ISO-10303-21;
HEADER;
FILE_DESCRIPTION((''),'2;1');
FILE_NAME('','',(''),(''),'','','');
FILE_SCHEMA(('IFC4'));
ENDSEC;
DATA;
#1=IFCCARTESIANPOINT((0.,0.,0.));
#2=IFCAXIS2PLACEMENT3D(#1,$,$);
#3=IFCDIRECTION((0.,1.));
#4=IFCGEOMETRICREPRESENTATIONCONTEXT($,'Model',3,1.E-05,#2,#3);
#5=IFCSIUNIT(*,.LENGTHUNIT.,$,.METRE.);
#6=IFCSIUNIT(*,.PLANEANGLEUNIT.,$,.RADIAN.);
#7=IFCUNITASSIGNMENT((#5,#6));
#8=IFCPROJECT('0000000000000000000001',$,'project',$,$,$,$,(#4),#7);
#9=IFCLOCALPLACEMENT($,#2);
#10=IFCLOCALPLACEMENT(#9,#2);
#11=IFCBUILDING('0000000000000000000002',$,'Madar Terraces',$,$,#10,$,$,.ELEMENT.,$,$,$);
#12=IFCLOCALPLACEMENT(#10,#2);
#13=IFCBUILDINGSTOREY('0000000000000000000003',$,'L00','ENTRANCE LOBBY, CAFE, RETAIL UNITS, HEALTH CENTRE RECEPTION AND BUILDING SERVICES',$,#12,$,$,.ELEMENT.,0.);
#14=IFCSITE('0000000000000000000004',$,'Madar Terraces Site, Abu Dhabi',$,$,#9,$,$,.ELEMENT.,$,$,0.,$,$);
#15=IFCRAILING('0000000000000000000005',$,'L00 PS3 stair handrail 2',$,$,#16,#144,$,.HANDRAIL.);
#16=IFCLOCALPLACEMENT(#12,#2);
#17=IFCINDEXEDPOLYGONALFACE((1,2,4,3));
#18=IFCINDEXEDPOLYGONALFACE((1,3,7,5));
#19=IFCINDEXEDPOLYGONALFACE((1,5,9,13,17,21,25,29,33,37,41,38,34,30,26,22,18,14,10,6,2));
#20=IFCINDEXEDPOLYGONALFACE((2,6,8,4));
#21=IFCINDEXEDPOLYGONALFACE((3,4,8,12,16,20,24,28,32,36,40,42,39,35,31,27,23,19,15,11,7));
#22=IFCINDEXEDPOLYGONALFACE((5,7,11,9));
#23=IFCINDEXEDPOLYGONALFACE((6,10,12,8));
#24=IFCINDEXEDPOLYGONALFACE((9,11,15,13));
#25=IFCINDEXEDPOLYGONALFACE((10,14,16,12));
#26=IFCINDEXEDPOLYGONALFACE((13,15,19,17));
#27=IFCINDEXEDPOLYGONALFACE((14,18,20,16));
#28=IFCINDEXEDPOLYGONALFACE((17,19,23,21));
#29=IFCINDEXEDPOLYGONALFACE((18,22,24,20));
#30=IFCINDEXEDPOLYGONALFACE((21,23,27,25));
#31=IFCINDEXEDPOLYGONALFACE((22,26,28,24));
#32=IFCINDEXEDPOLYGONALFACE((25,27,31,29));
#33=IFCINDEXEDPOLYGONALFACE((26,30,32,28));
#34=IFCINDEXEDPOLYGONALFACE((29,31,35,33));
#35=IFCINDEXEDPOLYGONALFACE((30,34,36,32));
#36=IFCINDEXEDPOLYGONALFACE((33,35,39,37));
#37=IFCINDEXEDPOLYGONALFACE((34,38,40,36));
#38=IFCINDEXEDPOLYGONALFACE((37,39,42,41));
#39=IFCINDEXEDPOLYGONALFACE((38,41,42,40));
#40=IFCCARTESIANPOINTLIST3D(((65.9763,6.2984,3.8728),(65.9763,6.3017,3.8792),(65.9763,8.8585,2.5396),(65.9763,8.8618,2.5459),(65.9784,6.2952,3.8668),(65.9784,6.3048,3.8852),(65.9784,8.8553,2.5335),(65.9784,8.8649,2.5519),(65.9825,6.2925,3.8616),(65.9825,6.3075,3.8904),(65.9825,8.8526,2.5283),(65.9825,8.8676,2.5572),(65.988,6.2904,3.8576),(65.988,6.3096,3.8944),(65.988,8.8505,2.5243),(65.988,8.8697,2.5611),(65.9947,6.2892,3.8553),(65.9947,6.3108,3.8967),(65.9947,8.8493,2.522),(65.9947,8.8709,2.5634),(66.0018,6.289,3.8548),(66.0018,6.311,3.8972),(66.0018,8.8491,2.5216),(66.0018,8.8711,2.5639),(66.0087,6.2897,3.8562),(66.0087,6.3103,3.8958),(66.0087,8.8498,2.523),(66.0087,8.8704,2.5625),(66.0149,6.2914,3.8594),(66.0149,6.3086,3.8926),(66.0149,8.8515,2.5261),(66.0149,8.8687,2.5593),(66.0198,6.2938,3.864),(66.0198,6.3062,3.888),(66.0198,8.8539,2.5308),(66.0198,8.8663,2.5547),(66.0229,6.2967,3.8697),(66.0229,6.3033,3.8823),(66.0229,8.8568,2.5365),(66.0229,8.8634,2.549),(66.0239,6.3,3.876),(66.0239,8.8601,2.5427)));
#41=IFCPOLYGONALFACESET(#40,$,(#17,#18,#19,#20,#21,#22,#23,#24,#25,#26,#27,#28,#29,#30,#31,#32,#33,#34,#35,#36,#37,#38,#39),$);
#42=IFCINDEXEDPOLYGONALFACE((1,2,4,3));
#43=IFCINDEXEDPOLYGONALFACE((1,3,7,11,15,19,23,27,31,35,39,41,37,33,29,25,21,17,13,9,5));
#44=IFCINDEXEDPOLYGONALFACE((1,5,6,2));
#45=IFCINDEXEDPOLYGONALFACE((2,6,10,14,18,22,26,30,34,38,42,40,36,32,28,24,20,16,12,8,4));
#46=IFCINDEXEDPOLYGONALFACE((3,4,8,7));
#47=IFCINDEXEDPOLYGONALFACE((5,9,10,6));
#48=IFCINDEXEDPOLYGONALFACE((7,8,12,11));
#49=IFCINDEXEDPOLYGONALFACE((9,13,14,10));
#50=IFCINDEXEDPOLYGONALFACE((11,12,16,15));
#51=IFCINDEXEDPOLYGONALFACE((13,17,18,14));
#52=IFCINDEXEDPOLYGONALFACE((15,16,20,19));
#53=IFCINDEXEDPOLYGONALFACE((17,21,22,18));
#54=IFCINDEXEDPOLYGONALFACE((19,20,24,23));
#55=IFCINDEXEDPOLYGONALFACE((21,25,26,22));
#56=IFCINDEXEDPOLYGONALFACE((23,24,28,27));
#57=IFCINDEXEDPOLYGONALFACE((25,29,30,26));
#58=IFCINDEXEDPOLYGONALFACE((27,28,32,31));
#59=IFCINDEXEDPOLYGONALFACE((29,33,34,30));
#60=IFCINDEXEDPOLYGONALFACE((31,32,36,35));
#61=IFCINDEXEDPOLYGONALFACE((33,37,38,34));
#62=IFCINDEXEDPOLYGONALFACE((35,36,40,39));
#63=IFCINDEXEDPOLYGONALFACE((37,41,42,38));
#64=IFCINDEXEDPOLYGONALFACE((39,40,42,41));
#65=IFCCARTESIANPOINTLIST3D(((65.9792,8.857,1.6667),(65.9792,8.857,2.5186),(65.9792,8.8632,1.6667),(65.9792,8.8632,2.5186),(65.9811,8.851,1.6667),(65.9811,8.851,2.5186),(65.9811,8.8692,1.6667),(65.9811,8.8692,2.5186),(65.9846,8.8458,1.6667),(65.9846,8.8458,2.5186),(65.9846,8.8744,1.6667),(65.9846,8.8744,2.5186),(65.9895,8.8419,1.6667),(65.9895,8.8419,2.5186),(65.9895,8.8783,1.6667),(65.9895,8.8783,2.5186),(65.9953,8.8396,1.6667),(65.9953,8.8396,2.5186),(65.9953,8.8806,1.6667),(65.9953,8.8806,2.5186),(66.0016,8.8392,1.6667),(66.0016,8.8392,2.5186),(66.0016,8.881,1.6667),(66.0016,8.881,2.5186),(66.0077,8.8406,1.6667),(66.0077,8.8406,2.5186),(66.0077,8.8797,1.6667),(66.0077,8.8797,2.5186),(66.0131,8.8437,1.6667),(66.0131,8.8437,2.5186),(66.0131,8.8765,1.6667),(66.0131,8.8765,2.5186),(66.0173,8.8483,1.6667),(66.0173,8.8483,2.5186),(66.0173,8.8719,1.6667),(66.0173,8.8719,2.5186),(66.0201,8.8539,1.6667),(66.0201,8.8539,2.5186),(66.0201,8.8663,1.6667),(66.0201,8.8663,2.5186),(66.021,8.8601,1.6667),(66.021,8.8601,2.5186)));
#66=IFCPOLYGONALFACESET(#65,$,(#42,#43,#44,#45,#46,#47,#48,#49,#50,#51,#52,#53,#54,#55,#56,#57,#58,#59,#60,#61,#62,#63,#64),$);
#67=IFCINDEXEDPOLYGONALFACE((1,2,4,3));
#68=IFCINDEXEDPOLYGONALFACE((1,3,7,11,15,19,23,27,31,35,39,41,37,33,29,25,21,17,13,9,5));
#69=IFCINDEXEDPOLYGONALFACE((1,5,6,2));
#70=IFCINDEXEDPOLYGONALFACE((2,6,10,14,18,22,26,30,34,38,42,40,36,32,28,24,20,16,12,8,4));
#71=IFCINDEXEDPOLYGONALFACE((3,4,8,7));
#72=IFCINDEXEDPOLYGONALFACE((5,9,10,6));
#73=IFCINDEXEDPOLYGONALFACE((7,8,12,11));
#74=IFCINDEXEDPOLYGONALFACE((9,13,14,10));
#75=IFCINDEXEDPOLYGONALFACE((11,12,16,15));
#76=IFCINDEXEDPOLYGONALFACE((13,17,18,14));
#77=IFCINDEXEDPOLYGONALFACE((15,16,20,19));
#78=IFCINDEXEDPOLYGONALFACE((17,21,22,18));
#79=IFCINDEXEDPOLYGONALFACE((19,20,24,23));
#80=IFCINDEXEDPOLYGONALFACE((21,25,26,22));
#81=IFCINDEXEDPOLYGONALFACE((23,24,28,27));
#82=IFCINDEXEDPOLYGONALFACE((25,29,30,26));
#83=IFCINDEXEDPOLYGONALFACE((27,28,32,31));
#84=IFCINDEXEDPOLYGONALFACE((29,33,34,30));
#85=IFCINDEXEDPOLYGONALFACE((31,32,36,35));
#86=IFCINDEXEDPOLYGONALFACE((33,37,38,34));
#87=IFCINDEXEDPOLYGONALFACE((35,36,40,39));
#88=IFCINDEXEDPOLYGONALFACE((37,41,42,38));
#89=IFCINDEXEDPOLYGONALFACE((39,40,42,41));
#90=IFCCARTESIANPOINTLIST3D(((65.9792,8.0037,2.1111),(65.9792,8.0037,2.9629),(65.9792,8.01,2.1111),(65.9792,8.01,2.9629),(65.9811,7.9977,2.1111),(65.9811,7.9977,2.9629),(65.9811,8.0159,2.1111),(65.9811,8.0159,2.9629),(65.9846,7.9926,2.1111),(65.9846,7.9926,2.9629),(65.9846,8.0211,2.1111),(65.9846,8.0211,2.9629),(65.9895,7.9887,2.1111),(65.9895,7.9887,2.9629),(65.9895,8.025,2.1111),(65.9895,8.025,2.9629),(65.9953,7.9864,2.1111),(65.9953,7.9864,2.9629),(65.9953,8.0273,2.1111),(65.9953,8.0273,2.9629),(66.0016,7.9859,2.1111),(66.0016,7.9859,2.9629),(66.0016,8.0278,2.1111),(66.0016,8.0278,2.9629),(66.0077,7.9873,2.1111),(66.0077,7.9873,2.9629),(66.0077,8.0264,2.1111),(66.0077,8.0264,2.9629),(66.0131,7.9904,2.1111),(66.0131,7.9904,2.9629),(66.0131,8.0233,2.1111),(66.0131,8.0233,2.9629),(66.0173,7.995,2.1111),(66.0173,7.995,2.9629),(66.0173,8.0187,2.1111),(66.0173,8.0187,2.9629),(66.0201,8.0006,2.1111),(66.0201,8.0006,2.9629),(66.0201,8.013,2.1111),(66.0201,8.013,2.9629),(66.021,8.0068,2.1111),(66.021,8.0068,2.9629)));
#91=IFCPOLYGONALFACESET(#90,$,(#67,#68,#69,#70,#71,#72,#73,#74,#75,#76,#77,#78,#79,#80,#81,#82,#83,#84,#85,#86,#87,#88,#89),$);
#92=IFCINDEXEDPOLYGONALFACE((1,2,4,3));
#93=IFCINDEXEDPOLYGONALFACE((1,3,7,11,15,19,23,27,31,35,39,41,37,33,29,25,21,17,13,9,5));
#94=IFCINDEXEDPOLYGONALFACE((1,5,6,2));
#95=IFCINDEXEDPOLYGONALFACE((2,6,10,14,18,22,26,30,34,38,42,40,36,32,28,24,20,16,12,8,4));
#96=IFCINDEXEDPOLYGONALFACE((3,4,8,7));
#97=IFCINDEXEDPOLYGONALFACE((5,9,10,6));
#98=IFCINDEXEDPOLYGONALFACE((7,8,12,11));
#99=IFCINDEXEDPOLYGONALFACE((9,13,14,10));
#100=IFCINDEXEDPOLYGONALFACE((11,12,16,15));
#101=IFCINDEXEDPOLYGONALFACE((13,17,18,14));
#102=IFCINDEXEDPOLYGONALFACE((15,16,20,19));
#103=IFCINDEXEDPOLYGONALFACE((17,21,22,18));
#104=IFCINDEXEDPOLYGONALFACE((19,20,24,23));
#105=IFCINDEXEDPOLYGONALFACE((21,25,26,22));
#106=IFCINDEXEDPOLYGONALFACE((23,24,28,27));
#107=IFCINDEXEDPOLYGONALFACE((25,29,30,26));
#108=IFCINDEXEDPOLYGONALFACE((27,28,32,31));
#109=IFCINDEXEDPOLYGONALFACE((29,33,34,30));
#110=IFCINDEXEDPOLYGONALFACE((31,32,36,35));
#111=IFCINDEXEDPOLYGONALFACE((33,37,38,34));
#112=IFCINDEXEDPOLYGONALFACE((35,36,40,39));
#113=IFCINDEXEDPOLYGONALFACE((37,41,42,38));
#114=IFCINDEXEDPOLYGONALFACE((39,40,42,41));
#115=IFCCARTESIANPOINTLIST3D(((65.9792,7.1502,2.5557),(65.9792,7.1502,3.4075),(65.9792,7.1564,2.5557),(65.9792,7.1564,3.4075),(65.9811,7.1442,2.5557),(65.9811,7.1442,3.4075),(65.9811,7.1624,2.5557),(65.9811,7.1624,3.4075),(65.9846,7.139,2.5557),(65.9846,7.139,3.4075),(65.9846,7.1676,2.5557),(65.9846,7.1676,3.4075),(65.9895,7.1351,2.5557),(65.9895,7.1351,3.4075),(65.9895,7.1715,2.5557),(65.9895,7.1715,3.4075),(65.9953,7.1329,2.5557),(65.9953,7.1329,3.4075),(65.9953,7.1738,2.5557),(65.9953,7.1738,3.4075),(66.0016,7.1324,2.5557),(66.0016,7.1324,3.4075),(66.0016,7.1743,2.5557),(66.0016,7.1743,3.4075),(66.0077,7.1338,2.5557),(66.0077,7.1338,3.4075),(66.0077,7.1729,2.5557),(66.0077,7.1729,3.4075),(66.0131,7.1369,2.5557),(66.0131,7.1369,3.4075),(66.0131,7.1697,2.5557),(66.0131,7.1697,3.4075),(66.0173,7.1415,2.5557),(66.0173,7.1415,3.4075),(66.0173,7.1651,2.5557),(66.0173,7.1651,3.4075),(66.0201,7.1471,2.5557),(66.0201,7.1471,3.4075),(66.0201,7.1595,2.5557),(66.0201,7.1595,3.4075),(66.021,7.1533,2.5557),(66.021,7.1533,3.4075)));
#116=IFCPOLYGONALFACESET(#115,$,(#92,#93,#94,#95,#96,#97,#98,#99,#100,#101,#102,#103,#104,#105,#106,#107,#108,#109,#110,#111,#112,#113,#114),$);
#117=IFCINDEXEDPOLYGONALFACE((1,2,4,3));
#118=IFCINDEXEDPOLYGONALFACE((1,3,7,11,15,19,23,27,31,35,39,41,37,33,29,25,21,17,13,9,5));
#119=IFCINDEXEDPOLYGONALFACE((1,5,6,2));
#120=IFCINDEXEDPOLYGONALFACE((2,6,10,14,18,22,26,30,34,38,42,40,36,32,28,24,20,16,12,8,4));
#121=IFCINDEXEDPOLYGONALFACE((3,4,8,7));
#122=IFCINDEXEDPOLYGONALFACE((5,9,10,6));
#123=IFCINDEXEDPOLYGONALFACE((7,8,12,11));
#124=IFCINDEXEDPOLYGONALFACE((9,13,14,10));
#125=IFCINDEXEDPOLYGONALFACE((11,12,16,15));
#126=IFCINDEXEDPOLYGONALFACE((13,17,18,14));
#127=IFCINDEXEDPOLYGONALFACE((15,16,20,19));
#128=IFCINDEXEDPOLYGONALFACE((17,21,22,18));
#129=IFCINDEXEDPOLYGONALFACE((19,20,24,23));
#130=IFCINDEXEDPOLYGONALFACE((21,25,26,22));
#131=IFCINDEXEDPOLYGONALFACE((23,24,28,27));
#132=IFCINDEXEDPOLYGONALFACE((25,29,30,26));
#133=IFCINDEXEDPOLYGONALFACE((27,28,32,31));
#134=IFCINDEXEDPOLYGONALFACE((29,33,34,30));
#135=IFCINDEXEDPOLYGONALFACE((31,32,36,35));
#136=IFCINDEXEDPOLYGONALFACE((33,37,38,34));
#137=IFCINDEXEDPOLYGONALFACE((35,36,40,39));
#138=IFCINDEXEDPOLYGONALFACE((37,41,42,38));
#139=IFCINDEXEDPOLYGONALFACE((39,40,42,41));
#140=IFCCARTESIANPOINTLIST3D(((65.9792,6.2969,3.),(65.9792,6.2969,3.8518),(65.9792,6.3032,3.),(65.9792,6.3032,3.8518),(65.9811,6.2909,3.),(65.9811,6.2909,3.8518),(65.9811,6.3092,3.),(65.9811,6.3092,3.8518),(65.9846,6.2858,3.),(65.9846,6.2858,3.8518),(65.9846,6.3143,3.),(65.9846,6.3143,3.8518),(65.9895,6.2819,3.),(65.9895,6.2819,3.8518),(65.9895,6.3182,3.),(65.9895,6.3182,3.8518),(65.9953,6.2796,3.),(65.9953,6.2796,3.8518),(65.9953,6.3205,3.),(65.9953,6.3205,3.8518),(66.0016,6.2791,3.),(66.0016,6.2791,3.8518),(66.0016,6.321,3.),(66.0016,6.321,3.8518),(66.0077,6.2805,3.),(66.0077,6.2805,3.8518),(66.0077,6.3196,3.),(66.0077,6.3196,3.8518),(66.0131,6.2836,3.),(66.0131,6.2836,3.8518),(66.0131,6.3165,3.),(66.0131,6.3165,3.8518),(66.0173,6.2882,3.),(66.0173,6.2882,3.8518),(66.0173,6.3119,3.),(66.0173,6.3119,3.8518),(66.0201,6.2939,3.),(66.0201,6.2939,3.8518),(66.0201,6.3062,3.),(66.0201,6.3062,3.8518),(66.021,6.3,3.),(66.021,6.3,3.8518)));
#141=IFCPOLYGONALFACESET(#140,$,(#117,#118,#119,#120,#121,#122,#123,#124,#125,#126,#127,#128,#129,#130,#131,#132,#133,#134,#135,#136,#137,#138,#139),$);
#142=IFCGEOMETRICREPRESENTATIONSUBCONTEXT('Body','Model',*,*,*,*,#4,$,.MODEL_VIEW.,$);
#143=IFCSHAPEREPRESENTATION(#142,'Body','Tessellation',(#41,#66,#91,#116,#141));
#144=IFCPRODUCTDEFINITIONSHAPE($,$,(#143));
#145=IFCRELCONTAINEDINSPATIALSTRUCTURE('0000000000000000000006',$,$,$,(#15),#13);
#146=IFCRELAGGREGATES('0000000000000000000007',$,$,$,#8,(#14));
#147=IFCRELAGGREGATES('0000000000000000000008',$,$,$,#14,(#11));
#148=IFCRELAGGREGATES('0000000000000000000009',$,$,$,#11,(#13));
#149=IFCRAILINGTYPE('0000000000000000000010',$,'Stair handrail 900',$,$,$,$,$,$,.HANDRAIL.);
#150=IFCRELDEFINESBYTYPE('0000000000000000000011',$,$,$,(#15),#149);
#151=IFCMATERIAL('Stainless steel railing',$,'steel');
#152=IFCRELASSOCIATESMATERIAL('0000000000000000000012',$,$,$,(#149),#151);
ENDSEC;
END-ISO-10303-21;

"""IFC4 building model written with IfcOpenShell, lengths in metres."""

from ifc_helpers import new_model, si_unit, direction, frame, origin, origin_2d, place, context, subcontext, project, spatial, circle, extrude, material, type_object, element, save


model = new_model("IFC4")

# Units and contexts
model_context = context("Model", 3, precision=1e-05, world=origin(), true_north=direction((0.0, 1.0)))
body_context = subcontext(model_context, "Body", "Model", "MODEL_VIEW")
ifc_project = project(units=[si_unit("LENGTHUNIT", "METRE"), si_unit("PLANEANGLEUNIT", "RADIAN")], contexts=[model_context])

# Site, building, storey
site_placement = place(None, origin())
site = spatial("IfcSite", under=ifc_project, at=site_placement, Name="Madar Terraces Site, Abu Dhabi", CompositionType="ELEMENT", RefElevation=0.0)
building_placement = place(site_placement, origin())
building = spatial("IfcBuilding", under=site, at=building_placement, Name="Madar Terraces", CompositionType="ELEMENT")
storey_placement = place(building_placement, origin())
storey = spatial("IfcBuildingStorey", under=building, at=storey_placement, Name="L00", Description="ENTRANCE LOBBY, CAFE, RETAIL UNITS, HEALTH CENTRE RECEPTION AND BUILDING SERVICES", CompositionType="ELEMENT", Elevation=0.0)

# Railing
ifc_material_1 = material(Name="Stainless steel railing", Category="steel")
railing_type_1 = type_object("IfcRailingType", Name="Stair handrail 900", PredefinedType="HANDRAIL", material=ifc_material_1)
railing_1_placement = place(storey_placement, frame((66.0, 8.8601, 1.6667)))
element("IfcRailing", 1, at=railing_1_placement, inside=storey, type_object=railing_type_1, Name="L00 PS3 stair handrail 2", PredefinedType="HANDRAIL", context=body_context, shape_type="SweptSolid", body=[
    extrude(circle(Radius=0.0239, at=origin_2d()), frame((0.0, 0.0, 0.876), z_axis=(0.0, -0.88693, 0.461904), x_axis=(1.0, 0.0, 0.0)), (0.0, 0.0, 1.0), 2.8865),
    extrude(circle(Radius=0.021, at=origin_2d()), origin(), (0.0, 0.0, 1.0), 0.8518),
    extrude(circle(Radius=0.021, at=origin_2d()), frame((0.0, -0.8533, 0.4443)), (0.0, 0.0, 1.0), 0.8518),
    extrude(circle(Radius=0.021, at=origin_2d()), frame((0.0, -1.7068, 0.8889)), (0.0, 0.0, 1.0), 0.8518),
    extrude(circle(Radius=0.021, at=origin_2d()), frame((0.0, -2.5601, 1.3333)), (0.0, 0.0, 1.0), 0.8518),
])

save(model, "model.ifc")
